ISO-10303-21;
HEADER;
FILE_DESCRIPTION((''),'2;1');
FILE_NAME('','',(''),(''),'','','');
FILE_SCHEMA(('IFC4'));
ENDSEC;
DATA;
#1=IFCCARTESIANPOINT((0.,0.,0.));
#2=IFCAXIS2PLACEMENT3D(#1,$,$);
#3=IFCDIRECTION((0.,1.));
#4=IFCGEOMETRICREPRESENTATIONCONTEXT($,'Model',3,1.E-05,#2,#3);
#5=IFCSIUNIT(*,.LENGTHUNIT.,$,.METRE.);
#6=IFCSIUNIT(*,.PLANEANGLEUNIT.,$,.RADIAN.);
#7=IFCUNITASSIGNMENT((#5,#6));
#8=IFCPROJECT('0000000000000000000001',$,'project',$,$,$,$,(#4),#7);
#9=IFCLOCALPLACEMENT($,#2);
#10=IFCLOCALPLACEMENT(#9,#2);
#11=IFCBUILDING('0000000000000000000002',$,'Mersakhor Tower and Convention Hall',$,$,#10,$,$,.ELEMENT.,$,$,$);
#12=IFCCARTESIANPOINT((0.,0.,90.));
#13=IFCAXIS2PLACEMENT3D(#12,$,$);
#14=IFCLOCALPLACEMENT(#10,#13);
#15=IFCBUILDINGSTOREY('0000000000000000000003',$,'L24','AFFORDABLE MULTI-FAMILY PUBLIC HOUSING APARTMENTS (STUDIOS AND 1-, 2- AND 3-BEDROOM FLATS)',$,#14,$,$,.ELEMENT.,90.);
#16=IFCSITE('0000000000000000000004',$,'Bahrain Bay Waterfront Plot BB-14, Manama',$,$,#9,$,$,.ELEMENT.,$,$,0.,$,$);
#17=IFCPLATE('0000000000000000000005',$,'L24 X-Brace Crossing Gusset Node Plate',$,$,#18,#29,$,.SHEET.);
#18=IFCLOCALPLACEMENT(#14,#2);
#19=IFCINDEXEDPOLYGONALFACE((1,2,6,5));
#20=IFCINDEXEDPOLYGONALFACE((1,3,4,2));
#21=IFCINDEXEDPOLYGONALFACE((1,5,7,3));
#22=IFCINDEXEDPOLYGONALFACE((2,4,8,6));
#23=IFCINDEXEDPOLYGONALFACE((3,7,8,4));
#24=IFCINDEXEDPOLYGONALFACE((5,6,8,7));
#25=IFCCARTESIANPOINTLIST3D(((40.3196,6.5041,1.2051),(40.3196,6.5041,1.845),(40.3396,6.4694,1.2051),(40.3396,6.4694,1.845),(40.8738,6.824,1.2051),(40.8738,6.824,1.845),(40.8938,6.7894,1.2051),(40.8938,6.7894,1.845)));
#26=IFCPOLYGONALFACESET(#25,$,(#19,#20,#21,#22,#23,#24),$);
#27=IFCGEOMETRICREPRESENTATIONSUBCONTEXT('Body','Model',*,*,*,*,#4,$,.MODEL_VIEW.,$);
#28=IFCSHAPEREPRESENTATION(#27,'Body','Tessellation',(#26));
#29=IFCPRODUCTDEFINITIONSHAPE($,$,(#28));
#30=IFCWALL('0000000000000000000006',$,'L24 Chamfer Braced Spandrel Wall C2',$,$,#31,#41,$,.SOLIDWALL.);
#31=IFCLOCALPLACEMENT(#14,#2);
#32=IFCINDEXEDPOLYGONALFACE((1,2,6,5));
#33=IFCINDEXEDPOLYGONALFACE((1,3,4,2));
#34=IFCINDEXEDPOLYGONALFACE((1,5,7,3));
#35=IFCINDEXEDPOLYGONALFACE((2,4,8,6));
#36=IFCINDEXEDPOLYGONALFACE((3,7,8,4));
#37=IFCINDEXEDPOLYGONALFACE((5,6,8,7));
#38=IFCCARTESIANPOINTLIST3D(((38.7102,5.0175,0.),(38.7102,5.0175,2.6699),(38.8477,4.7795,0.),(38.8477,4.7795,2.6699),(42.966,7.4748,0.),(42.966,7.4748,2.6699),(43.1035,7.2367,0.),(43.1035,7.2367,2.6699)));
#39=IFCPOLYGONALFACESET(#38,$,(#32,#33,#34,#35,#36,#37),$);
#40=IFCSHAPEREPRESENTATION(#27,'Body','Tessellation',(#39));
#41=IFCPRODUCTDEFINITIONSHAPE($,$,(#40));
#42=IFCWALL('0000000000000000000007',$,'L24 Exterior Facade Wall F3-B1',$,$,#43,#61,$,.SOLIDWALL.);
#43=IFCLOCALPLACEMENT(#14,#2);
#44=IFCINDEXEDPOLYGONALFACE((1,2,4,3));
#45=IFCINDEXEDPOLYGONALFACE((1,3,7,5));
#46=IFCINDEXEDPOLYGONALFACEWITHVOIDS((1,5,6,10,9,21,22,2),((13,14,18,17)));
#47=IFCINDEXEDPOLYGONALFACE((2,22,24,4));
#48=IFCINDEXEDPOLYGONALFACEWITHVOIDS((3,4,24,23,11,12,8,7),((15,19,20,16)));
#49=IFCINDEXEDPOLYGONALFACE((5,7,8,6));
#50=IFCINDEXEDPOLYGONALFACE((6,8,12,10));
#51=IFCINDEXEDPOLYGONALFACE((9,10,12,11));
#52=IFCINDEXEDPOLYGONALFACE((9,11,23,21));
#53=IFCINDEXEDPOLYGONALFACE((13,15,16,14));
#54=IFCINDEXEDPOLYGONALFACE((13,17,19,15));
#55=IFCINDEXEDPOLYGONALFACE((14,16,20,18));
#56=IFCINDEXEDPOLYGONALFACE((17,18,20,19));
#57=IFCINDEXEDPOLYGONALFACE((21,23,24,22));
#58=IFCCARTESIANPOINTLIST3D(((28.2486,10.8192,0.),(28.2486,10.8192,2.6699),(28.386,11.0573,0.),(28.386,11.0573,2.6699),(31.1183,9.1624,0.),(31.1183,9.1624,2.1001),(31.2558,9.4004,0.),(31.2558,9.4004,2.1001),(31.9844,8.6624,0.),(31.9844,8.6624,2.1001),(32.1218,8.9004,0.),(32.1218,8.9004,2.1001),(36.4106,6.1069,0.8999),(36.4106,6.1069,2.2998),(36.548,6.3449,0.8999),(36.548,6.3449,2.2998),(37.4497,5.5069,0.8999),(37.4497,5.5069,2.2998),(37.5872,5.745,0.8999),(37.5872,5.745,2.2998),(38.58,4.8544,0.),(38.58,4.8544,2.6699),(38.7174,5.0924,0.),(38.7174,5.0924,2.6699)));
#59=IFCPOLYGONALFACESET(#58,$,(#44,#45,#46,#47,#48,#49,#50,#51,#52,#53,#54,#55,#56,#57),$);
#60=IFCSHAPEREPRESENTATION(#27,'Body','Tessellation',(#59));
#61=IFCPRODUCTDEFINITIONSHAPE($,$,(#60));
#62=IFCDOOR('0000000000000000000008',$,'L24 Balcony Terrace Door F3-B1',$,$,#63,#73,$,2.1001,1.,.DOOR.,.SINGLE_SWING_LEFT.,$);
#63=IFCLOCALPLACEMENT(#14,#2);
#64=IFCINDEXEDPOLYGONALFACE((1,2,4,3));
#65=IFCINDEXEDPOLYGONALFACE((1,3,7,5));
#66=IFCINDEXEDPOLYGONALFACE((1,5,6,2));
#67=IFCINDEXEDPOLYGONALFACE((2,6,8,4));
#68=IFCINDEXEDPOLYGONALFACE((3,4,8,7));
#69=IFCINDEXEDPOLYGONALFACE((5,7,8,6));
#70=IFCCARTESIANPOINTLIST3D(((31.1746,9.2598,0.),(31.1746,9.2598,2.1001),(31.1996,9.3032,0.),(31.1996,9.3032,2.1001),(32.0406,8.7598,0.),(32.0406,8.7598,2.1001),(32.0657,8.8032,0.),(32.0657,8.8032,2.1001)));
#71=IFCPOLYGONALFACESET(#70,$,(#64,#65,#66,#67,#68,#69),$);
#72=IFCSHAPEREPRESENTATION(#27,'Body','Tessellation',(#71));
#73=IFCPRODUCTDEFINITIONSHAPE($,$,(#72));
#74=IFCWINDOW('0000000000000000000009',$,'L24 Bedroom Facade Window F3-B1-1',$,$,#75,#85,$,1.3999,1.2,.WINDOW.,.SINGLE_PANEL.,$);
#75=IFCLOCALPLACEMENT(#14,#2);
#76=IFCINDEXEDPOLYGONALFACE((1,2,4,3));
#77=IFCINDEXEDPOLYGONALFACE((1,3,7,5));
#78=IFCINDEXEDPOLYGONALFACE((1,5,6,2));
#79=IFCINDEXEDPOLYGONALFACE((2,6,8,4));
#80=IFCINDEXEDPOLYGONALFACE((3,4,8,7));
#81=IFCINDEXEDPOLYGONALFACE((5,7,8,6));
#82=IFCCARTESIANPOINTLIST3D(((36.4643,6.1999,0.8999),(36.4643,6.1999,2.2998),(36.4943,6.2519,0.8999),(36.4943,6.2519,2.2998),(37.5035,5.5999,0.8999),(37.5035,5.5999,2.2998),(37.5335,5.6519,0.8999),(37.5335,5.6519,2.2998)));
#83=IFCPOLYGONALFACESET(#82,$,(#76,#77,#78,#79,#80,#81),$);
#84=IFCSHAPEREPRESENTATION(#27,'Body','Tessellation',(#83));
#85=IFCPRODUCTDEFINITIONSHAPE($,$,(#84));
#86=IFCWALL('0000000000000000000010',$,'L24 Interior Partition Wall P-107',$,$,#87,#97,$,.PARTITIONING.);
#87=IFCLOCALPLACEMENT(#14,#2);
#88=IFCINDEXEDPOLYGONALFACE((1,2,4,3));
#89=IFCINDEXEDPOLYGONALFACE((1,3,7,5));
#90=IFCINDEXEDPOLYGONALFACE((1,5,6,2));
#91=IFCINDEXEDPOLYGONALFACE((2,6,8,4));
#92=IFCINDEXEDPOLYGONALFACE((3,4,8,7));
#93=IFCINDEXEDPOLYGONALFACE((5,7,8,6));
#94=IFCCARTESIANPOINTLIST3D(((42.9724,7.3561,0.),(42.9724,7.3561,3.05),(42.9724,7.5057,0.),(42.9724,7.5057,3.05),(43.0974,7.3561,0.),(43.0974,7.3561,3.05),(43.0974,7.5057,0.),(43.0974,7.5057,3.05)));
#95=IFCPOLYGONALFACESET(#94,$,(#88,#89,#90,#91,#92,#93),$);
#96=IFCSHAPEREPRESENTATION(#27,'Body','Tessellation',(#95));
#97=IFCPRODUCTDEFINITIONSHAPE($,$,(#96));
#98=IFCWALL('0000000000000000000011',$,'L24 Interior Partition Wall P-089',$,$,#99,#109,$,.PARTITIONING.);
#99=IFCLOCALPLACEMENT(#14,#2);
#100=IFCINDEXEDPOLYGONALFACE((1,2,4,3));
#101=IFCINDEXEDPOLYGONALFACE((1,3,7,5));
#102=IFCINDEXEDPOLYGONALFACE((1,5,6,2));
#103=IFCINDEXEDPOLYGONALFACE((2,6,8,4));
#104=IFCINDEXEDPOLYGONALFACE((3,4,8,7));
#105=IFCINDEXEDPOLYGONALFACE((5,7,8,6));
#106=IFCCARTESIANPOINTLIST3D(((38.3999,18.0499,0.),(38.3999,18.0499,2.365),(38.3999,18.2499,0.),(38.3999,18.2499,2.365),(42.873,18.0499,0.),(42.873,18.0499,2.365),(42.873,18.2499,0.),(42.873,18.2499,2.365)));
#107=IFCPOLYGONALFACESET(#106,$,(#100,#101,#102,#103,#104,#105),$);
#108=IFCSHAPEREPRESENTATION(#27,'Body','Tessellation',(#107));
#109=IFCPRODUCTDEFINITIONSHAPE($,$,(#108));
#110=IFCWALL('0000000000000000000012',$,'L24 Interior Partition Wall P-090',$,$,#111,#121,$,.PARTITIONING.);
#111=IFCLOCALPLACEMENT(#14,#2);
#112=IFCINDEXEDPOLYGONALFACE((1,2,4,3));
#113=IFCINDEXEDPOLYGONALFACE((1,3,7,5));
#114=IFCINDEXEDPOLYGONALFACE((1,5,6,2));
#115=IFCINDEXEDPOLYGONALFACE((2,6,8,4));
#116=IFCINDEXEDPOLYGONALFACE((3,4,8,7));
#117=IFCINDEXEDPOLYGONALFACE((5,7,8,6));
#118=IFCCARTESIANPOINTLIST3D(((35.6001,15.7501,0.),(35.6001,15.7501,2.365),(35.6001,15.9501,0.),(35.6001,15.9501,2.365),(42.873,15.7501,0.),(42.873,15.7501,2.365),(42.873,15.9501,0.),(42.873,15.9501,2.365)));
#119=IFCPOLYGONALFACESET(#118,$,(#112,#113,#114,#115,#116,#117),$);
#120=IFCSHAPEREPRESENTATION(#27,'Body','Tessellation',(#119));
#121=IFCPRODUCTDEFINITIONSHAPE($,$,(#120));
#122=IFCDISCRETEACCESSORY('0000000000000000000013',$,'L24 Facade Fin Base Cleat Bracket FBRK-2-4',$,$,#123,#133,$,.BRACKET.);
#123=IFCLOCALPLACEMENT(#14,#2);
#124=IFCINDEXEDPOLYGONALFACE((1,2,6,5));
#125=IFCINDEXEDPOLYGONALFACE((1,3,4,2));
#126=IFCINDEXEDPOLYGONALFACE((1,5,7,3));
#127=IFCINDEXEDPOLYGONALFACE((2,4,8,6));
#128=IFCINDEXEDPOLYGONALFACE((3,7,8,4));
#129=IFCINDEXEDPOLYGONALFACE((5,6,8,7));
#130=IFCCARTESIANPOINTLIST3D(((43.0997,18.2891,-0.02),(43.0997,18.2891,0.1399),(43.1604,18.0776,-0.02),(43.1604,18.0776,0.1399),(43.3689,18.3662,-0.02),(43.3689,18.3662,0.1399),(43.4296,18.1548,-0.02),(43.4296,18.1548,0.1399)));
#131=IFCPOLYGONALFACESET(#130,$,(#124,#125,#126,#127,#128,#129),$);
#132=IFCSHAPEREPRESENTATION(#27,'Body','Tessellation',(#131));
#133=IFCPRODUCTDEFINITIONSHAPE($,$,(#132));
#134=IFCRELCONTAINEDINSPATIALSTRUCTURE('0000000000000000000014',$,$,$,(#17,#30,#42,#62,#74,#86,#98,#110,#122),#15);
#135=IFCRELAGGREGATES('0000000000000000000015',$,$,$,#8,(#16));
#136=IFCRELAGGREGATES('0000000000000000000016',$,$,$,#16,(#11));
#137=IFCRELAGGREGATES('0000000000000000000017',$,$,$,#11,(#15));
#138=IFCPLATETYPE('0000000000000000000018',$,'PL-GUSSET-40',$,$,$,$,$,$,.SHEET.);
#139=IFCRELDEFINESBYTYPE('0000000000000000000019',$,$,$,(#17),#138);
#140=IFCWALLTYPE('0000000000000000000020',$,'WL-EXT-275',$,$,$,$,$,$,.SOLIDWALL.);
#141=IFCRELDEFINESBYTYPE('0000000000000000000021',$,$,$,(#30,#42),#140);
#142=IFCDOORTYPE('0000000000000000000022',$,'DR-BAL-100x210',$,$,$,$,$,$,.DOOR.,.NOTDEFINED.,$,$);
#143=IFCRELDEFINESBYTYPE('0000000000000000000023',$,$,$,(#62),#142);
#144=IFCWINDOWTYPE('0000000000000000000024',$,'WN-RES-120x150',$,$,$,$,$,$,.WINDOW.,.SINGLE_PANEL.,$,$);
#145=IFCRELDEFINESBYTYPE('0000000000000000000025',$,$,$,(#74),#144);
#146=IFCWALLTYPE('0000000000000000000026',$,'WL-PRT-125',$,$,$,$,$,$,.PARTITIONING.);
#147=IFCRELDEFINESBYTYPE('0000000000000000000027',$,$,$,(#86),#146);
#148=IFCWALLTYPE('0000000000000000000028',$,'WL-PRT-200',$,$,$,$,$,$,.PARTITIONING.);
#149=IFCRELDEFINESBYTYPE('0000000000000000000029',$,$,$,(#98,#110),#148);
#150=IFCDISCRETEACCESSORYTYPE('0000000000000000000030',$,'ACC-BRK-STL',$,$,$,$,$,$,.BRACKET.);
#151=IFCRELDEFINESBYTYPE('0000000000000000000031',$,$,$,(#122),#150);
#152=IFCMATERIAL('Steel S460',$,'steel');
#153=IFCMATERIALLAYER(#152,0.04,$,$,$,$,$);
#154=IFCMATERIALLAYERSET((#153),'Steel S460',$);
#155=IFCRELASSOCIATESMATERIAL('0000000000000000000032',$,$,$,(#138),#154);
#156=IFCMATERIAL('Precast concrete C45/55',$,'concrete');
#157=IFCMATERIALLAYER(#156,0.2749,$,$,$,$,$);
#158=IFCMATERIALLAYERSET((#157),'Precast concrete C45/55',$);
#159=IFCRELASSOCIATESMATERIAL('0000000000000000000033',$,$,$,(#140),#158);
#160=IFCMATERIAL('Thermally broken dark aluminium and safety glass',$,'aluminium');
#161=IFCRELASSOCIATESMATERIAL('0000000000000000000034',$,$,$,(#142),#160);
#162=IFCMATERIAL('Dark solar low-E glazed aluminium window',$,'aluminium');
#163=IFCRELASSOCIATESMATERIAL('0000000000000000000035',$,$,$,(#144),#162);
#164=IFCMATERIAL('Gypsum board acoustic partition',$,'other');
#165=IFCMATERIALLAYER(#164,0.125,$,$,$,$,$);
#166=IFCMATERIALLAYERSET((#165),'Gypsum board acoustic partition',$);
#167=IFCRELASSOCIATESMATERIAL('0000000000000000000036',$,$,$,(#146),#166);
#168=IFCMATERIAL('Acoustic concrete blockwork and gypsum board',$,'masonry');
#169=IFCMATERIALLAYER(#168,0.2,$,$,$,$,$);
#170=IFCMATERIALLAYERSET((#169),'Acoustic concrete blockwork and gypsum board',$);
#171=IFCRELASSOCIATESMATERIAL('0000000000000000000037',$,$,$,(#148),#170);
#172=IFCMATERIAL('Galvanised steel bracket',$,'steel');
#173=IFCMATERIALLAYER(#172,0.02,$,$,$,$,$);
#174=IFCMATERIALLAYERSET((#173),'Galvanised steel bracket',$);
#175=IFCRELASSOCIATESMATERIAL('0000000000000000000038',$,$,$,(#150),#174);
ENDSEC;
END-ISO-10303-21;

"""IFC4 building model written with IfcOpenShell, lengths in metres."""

from ifc_helpers import new_model, si_unit, direction, frame, frame_2d, origin, origin_2d, place, context, subcontext, project, spatial, rectangle, extrude, material, layer, layer_set, type_object, element, fill, save


model = new_model("IFC4")

# Units and contexts
model_context = context("Model", 3, precision=1e-05, world=origin(), true_north=direction((0.0, 1.0)))
body_context = subcontext(model_context, "Body", "Model", "MODEL_VIEW")
ifc_project = project(units=[si_unit("LENGTHUNIT", "METRE"), si_unit("PLANEANGLEUNIT", "RADIAN")], contexts=[model_context])

# Site, building, storey
site_placement = place(None, origin())
site = spatial("IfcSite", under=ifc_project, at=site_placement, Name="Bahrain Bay Waterfront Plot BB-14, Manama", CompositionType="ELEMENT", RefElevation=0.0)
building_placement = place(site_placement, origin())
building = spatial("IfcBuilding", under=site, at=building_placement, Name="Mersakhor Tower and Convention Hall", CompositionType="ELEMENT")
storey_placement = place(building_placement, frame((0.0, 0.0, 90.0)))
storey = spatial("IfcBuildingStorey", under=building, at=storey_placement, Name="L24", Description="AFFORDABLE MULTI-FAMILY PUBLIC HOUSING APARTMENTS (STUDIOS AND 1-, 2- AND 3-BEDROOM FLATS)", CompositionType="ELEMENT", Elevation=90.0)

# Plate
ifc_material_1 = material(Name="Steel S460", Category="steel")
ifc_layer_1 = layer(ifc_material_1, 0.04)
ifc_layer_set_1 = layer_set([ifc_layer_1], Name="Steel S460")
plate_type_1 = type_object("IfcPlateType", Name="PL-GUSSET-40", PredefinedType="SHEET", material=ifc_layer_set_1)
plate_1_placement = place(storey_placement, frame((40.6067, 6.6467, 1.2051), z_axis=(0.0, 0.0, 1.0), x_axis=(0.866025, 0.5, 0.0)))
element("IfcPlate", 1, at=plate_1_placement, inside=storey, type_object=plate_type_1, Name="L24 X-Brace Crossing Gusset Node Plate", PredefinedType="SHEET", context=body_context, shape_type="SweptSolid", body=[
    extrude(rectangle(XDim=0.6399, YDim=0.04, at=origin_2d()), origin(), (0.0, 0.0, 1.0), 0.6399),
])

# Wall
ifc_material_2 = material(Name="Precast concrete C45/55", Category="concrete")
ifc_layer_2 = layer(ifc_material_2, 0.2749)
ifc_layer_set_2 = layer_set([ifc_layer_2], Name="Precast concrete C45/55")
wall_type_1 = type_object("IfcWallType", Name="WL-EXT-275", PredefinedType="SOLIDWALL", material=ifc_layer_set_2)
wall_1_placement = place(storey_placement, frame((43.0347, 7.3557, 0.0), z_axis=(0.0, 0.0, 1.0), x_axis=(-0.866012, -0.500023, 0.0)))
element("IfcWall", 2, at=wall_1_placement, inside=storey, type_object=wall_type_1, Name="L24 Chamfer Braced Spandrel Wall C2", PredefinedType="SOLIDWALL", context=body_context, shape_type="SweptSolid", body=[
    extrude(rectangle(XDim=4.9143, YDim=0.2749, at=frame_2d((2.457, 0.0))), origin(), (0.0, 0.0, 1.0), 2.6699),
])

# Wall, openings, door, window
wall_2_placement = place(storey_placement, frame((38.6487, 4.9734, 0.0), z_axis=(0.0, 0.0, 1.0), x_axis=(-0.866023, 0.500004, 0.0)))
wall_2 = element("IfcWall", 3, at=wall_2_placement, inside=storey, type_object=wall_type_1, Name="L24 Exterior Facade Wall F3-B1", PredefinedType="SOLIDWALL", context=body_context, shape_type="SweptSolid", body=[
    extrude(rectangle(XDim=11.9297, YDim=0.2749, at=frame_2d((5.9648, 0.0))), origin(), (0.0, 0.0, 1.0), 2.6699),
])
opening_1_placement = place(wall_2_placement, frame((7.616, 0.0, 0.0)))
opening_1 = element("IfcOpeningElement", 4, at=opening_1_placement, cuts=wall_2, PredefinedType="OPENING", context=body_context, shape_type="SweptSolid", body=[
    extrude(rectangle(XDim=1.0, YDim=2.1001, at=frame_2d((0.5, 1.05))), frame((0.0, 0.1475, 0.0), z_axis=(0.0, -1.0, 0.0), x_axis=(1.0, 0.0, 0.0)), (0.0, 0.0, 1.0), 0.2949),
])
opening_2_placement = place(wall_2_placement, frame((1.3049, 0.0, 0.8999)))
opening_2 = element("IfcOpeningElement", 5, at=opening_2_placement, cuts=wall_2, PredefinedType="OPENING", context=body_context, shape_type="SweptSolid", body=[
    extrude(rectangle(XDim=1.2, YDim=1.3999, at=frame_2d((0.6001, 0.7))), frame((0.0, 0.1475, 0.0), z_axis=(0.0, -1.0, 0.0), x_axis=(1.0, 0.0, 0.0)), (0.0, 0.0, 1.0), 0.2949),
])
ifc_material_3 = material(Name="Thermally broken dark aluminium and safety glass", Category="aluminium")
door_type_1 = type_object("IfcDoorType", Name="DR-BAL-100x210", OperationType="NOTDEFINED", PredefinedType="DOOR", material=ifc_material_3)
door_1_placement = place(opening_1_placement, origin())
door_1 = element("IfcDoor", 6, at=door_1_placement, inside=storey, type_object=door_type_1, Name="L24 Balcony Terrace Door F3-B1", OperationType="SINGLE_SWING_LEFT", OverallHeight=2.1001, OverallWidth=1.0, PredefinedType="DOOR", context=body_context, shape_type="SweptSolid", body=[
    extrude(rectangle(XDim=1.0, YDim=2.1001, at=frame_2d((0.5, 1.05))), frame((0.0, 0.0249, 0.0), z_axis=(0.0, -1.0, 0.0), x_axis=(1.0, 0.0, 0.0)), (0.0, 0.0, 1.0), 0.05),
])
fill(opening_1, door_1)
ifc_material_4 = material(Name="Dark solar low-E glazed aluminium window", Category="aluminium")
window_type = type_object("IfcWindowType", Name="WN-RES-120x150", PartitioningType="SINGLE_PANEL", PredefinedType="WINDOW", material=ifc_material_4)
window_placement = place(opening_2_placement, origin())
window = element("IfcWindow", 7, at=window_placement, inside=storey, type_object=window_type, Name="L24 Bedroom Facade Window F3-B1-1", OverallHeight=1.3999, OverallWidth=1.2, PartitioningType="SINGLE_PANEL", PredefinedType="WINDOW", context=body_context, shape_type="SweptSolid", body=[
    extrude(rectangle(XDim=1.2, YDim=1.3999, at=frame_2d((0.6001, 0.7))), frame((0.0, 0.03, 0.0), z_axis=(0.0, -1.0, 0.0), x_axis=(1.0, 0.0, 0.0)), (0.0, 0.0, 1.0), 0.0601),
])
fill(opening_2, window)

# Wall
ifc_material_5 = material(Name="Gypsum board acoustic partition", Category="other")
ifc_layer_3 = layer(ifc_material_5, 0.125)
ifc_layer_set_3 = layer_set([ifc_layer_3], Name="Gypsum board acoustic partition")
wall_type_2 = type_object("IfcWallType", Name="WL-PRT-125", PredefinedType="PARTITIONING", material=ifc_layer_set_3)
wall_3_placement = place(storey_placement, frame((43.0349, 7.5056, 0.0), z_axis=(0.0, 0.0, 1.0), x_axis=(0.0, -1.0, 0.0)))
element("IfcWall", 8, at=wall_3_placement, inside=storey, type_object=wall_type_2, Name="L24 Interior Partition Wall P-107", PredefinedType="PARTITIONING", context=body_context, shape_type="SweptSolid", body=[
    extrude(rectangle(XDim=0.1497, YDim=0.125, at=frame_2d((0.0747, 0.0))), origin(), (0.0, 0.0, 1.0), 3.05),
])

# Shared definitions
ifc_material_6 = material(Name="Acoustic concrete blockwork and gypsum board", Category="masonry")
ifc_layer_4 = layer(ifc_material_6, 0.2)
ifc_layer_set_4 = layer_set([ifc_layer_4], Name="Acoustic concrete blockwork and gypsum board")
wall_type_3 = type_object("IfcWallType", Name="WL-PRT-200", PredefinedType="PARTITIONING", material=ifc_layer_set_4)

# Walls
wall_4_placement = place(storey_placement, frame((38.3999, 18.1499, 0.0), z_axis=(0.0, 0.0, 1.0), x_axis=(1.0, 0.0, 0.0)))
element("IfcWall", 9, at=wall_4_placement, inside=storey, type_object=wall_type_3, Name="L24 Interior Partition Wall P-089", PredefinedType="PARTITIONING", context=body_context, shape_type="SweptSolid", body=[
    extrude(rectangle(XDim=4.4731, YDim=0.2, at=frame_2d((2.2366, 0.0))), origin(), (0.0, 0.0, 1.0), 2.365),
])
wall_5_placement = place(storey_placement, frame((42.873, 15.8501, 0.0), z_axis=(0.0, 0.0, 1.0), x_axis=(-1.0, 0.0, 0.0)))
element("IfcWall", 10, at=wall_5_placement, inside=storey, type_object=wall_type_3, Name="L24 Interior Partition Wall P-090", PredefinedType="PARTITIONING", context=body_context, shape_type="SweptSolid", body=[
    extrude(rectangle(XDim=7.2729, YDim=0.2, at=frame_2d((3.6365, 0.0))), origin(), (0.0, 0.0, 1.0), 2.365),
])

# Discrete accessory
ifc_material_7 = material(Name="Galvanised steel bracket", Category="steel")
ifc_layer_5 = layer(ifc_material_7, 0.02)
ifc_layer_set_5 = layer_set([ifc_layer_5], Name="Galvanised steel bracket")
discrete_accessory_type = type_object("IfcDiscreteAccessoryType", Name="ACC-BRK-STL", PredefinedType="BRACKET", material=ifc_layer_set_5)
discrete_accessory_placement = place(storey_placement, frame((43.2646, 18.2219, -0.02), z_axis=(0.0, 0.0, 1.0), x_axis=(0.961262, 0.275637, 0.0)))
element("IfcDiscreteAccessory", 11, at=discrete_accessory_placement, inside=storey, type_object=discrete_accessory_type, Name="L24 Facade Fin Base Cleat Bracket FBRK-2-4", PredefinedType="BRACKET", context=body_context, shape_type="SweptSolid", body=[
    extrude(rectangle(XDim=0.28, YDim=0.22, at=origin_2d()), origin(), (0.0, 0.0, 1.0), 0.1599),
])

save(model, "model.ifc")
